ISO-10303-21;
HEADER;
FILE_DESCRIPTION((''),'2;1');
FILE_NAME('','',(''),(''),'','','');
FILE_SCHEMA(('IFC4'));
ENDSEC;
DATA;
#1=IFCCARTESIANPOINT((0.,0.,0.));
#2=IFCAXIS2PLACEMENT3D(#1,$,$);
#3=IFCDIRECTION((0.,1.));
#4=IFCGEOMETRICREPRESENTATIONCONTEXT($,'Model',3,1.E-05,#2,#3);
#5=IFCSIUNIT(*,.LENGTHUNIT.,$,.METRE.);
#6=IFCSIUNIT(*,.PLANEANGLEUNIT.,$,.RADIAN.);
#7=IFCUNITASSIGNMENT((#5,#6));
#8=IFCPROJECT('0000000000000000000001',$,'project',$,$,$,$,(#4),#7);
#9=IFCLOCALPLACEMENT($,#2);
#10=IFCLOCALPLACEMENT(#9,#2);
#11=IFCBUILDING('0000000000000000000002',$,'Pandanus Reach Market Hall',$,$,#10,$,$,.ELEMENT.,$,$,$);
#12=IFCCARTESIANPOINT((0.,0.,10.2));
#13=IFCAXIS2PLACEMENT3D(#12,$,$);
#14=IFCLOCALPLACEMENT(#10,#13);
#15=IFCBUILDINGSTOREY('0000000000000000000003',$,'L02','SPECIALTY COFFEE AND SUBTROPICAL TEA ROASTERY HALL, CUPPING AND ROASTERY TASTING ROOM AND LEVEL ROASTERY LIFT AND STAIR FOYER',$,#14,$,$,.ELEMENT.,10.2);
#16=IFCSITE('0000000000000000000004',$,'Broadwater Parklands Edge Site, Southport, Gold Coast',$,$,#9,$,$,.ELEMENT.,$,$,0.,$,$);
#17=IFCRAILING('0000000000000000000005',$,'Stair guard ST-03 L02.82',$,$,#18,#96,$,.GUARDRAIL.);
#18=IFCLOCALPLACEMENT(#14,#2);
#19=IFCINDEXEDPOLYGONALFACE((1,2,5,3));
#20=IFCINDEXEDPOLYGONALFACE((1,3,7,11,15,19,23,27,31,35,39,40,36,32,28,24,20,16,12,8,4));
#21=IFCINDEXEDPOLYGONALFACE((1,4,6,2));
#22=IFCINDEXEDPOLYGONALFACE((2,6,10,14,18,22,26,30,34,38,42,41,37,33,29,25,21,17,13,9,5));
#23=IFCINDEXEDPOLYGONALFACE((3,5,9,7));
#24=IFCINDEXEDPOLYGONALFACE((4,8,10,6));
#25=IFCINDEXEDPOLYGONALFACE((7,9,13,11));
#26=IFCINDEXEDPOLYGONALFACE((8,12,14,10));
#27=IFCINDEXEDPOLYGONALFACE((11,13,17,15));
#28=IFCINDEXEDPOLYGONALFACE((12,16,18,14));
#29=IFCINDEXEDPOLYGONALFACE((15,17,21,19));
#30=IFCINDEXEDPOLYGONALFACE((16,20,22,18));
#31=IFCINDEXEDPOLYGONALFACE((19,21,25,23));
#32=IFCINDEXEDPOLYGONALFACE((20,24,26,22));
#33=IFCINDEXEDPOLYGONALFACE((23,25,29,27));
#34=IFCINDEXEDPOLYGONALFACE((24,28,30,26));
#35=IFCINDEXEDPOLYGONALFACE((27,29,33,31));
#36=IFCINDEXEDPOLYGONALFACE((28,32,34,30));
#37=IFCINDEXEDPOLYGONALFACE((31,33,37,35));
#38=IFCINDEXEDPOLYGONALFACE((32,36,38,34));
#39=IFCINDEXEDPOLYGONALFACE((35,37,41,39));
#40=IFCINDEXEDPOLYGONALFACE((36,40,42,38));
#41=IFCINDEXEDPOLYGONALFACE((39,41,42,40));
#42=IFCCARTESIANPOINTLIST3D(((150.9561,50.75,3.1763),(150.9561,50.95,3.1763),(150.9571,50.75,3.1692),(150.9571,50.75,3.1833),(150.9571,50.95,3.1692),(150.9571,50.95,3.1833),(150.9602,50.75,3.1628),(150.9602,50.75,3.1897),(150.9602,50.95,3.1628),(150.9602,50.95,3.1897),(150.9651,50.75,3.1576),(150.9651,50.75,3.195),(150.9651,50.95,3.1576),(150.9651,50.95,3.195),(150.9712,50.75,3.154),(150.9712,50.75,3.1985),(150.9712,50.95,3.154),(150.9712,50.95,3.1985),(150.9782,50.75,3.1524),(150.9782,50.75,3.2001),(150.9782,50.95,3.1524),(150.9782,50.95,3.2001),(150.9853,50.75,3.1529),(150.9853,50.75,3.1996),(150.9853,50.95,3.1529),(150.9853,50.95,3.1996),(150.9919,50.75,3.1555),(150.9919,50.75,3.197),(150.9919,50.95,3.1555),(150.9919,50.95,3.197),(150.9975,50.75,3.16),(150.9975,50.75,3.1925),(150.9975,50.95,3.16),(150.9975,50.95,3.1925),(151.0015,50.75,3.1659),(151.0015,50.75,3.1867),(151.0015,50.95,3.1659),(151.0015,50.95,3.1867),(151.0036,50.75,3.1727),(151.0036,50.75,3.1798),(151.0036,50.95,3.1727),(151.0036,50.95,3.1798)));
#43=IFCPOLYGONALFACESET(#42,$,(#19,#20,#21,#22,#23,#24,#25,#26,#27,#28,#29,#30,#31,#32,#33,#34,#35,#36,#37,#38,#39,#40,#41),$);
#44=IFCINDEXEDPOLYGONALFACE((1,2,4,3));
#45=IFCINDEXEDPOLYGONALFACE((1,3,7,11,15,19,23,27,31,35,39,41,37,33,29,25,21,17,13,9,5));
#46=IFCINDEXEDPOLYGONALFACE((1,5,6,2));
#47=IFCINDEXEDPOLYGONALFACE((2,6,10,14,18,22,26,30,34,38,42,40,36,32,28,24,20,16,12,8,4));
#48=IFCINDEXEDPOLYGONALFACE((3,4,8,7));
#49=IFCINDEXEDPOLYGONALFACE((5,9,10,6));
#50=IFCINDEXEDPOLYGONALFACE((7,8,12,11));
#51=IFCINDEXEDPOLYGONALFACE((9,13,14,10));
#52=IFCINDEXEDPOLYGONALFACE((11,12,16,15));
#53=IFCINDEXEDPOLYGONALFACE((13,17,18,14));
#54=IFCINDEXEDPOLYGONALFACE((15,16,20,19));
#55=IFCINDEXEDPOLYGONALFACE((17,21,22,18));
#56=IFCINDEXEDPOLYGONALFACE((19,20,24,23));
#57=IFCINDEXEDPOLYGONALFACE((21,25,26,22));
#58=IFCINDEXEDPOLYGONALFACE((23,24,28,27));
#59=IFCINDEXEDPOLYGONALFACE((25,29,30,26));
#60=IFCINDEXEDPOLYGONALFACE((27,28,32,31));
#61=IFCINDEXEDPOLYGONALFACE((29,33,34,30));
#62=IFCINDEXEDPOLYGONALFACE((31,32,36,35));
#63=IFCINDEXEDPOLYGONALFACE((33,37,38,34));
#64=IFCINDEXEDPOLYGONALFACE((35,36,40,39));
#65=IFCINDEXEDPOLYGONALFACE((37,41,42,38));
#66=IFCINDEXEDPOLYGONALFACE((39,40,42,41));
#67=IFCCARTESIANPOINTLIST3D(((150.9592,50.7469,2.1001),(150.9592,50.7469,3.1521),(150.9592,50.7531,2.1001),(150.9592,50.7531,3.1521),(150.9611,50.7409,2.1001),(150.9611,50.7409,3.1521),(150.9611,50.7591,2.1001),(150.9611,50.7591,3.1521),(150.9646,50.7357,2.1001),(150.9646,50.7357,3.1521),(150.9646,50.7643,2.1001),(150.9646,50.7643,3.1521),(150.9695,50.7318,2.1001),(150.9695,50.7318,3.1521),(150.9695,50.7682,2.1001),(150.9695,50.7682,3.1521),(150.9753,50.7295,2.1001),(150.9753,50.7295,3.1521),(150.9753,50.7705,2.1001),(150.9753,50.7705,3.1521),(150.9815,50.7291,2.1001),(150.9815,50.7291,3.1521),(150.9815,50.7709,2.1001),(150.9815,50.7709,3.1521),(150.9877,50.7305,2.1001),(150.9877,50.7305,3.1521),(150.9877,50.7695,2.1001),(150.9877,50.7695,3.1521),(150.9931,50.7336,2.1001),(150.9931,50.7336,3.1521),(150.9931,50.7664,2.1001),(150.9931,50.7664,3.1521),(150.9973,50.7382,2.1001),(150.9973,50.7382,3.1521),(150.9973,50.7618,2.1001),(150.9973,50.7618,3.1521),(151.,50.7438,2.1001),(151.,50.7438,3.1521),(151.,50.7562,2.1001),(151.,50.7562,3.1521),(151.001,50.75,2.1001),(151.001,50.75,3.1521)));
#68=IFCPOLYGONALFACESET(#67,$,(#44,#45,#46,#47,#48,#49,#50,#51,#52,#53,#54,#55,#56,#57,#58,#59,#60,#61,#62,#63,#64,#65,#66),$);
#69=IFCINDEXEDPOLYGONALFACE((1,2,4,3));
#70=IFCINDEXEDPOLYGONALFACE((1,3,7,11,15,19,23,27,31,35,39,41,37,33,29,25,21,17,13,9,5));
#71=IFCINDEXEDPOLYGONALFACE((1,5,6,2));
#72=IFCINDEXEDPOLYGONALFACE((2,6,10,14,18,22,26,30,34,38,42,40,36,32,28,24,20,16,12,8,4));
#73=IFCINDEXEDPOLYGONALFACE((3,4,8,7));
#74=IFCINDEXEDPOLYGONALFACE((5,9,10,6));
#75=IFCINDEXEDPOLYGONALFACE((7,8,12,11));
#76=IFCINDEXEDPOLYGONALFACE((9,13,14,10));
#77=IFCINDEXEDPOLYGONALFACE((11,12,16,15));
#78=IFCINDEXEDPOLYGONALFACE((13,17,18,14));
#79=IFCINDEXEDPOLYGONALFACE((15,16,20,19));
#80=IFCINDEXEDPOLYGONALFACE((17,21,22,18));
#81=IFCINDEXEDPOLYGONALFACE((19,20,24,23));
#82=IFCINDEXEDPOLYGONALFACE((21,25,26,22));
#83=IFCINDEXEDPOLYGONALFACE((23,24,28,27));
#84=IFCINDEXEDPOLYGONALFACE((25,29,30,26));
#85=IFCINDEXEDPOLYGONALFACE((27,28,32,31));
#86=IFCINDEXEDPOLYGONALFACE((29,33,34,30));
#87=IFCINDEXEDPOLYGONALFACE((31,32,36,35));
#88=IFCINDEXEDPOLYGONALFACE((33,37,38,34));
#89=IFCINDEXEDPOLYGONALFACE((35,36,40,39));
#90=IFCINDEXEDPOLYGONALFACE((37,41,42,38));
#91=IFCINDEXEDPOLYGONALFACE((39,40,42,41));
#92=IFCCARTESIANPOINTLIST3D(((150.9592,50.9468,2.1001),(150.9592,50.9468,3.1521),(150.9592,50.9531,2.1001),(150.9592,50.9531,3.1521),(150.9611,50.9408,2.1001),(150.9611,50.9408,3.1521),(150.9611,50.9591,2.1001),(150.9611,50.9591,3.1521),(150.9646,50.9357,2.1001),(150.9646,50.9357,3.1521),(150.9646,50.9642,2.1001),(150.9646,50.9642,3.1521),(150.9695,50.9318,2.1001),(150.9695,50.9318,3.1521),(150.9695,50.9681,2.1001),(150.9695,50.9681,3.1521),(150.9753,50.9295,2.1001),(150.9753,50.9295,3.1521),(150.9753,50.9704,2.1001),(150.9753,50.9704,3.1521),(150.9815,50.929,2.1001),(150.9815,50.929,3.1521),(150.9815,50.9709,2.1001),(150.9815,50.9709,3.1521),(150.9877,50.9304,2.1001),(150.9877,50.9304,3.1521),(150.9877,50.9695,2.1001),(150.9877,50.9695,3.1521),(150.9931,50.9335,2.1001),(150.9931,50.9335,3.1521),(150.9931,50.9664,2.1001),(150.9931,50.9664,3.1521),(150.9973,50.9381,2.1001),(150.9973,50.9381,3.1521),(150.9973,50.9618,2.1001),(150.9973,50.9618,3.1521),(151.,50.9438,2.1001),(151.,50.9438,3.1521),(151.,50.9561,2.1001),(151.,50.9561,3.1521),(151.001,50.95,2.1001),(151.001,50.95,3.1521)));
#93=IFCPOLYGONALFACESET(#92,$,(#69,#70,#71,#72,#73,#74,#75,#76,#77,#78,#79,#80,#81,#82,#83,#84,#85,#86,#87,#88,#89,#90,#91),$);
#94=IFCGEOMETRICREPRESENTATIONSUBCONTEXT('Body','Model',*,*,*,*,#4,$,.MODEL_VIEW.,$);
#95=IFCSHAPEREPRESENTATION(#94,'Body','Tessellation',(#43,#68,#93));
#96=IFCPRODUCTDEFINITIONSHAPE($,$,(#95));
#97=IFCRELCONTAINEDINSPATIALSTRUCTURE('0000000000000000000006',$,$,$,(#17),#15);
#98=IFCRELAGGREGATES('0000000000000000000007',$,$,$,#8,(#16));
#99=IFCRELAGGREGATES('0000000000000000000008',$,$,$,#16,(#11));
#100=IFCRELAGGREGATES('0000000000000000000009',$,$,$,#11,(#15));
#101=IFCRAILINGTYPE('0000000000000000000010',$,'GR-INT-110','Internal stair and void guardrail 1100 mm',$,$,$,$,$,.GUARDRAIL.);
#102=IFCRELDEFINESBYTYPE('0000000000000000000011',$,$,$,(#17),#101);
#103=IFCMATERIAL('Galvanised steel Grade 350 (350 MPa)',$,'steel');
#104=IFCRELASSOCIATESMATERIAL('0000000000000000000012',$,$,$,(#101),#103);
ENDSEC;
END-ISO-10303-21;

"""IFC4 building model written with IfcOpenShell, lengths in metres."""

from ifc_helpers import new_model, si_unit, direction, frame, origin, origin_2d, place, context, subcontext, project, spatial, circle, extrude, material, type_object, element, save


model = new_model("IFC4")

# Units and contexts
model_context = context("Model", 3, precision=1e-05, world=origin(), true_north=direction((0.0, 1.0)))
body_context = subcontext(model_context, "Body", "Model", "MODEL_VIEW")
ifc_project = project(units=[si_unit("LENGTHUNIT", "METRE"), si_unit("PLANEANGLEUNIT", "RADIAN")], contexts=[model_context])

# Site, building, storey
site_placement = place(None, origin())
site = spatial("IfcSite", under=ifc_project, at=site_placement, Name="Broadwater Parklands Edge Site, Southport, Gold Coast", CompositionType="ELEMENT", RefElevation=0.0)
building_placement = place(site_placement, origin())
building = spatial("IfcBuilding", under=site, at=building_placement, Name="Pandanus Reach Market Hall", CompositionType="ELEMENT")
storey_placement = place(building_placement, frame((0.0, 0.0, 10.2)))
storey = spatial("IfcBuildingStorey", under=building, at=storey_placement, Name="L02", Description="SPECIALTY COFFEE AND SUBTROPICAL TEA ROASTERY HALL, CUPPING AND ROASTERY TASTING ROOM AND LEVEL ROASTERY LIFT AND STAIR FOYER", CompositionType="ELEMENT", Elevation=10.2)

# Railing
ifc_material_1 = material(Name="Galvanised steel Grade 350 (350 MPa)", Category="steel")
railing_type_1 = type_object("IfcRailingType", Name="GR-INT-110", Description="Internal stair and void guardrail 1100 mm", PredefinedType="GUARDRAIL", material=ifc_material_1)
railing_1_placement = place(storey_placement, frame((150.98, 50.75, 2.1001)))
element("IfcRailing", 1, at=railing_1_placement, inside=storey, type_object=railing_type_1, Name="Stair guard ST-03 L02.82", PredefinedType="GUARDRAIL", context=body_context, shape_type="SweptSolid", body=[
    extrude(circle(Radius=0.0239, at=origin_2d()), frame((0.0, 0.0, 1.0762), z_axis=(0.0, 1.0, 0.0), x_axis=(-1.0, 0.0, 0.0)), (0.0, 0.0, 1.0), 0.2),
    extrude(circle(Radius=0.021, at=origin_2d()), origin(), (0.0, 0.0, 1.0), 1.052),
    extrude(circle(Radius=0.021, at=origin_2d()), frame((0.0, 0.2, 0.0)), (0.0, 0.0, 1.0), 1.052),
])

save(model, "model.ifc")
